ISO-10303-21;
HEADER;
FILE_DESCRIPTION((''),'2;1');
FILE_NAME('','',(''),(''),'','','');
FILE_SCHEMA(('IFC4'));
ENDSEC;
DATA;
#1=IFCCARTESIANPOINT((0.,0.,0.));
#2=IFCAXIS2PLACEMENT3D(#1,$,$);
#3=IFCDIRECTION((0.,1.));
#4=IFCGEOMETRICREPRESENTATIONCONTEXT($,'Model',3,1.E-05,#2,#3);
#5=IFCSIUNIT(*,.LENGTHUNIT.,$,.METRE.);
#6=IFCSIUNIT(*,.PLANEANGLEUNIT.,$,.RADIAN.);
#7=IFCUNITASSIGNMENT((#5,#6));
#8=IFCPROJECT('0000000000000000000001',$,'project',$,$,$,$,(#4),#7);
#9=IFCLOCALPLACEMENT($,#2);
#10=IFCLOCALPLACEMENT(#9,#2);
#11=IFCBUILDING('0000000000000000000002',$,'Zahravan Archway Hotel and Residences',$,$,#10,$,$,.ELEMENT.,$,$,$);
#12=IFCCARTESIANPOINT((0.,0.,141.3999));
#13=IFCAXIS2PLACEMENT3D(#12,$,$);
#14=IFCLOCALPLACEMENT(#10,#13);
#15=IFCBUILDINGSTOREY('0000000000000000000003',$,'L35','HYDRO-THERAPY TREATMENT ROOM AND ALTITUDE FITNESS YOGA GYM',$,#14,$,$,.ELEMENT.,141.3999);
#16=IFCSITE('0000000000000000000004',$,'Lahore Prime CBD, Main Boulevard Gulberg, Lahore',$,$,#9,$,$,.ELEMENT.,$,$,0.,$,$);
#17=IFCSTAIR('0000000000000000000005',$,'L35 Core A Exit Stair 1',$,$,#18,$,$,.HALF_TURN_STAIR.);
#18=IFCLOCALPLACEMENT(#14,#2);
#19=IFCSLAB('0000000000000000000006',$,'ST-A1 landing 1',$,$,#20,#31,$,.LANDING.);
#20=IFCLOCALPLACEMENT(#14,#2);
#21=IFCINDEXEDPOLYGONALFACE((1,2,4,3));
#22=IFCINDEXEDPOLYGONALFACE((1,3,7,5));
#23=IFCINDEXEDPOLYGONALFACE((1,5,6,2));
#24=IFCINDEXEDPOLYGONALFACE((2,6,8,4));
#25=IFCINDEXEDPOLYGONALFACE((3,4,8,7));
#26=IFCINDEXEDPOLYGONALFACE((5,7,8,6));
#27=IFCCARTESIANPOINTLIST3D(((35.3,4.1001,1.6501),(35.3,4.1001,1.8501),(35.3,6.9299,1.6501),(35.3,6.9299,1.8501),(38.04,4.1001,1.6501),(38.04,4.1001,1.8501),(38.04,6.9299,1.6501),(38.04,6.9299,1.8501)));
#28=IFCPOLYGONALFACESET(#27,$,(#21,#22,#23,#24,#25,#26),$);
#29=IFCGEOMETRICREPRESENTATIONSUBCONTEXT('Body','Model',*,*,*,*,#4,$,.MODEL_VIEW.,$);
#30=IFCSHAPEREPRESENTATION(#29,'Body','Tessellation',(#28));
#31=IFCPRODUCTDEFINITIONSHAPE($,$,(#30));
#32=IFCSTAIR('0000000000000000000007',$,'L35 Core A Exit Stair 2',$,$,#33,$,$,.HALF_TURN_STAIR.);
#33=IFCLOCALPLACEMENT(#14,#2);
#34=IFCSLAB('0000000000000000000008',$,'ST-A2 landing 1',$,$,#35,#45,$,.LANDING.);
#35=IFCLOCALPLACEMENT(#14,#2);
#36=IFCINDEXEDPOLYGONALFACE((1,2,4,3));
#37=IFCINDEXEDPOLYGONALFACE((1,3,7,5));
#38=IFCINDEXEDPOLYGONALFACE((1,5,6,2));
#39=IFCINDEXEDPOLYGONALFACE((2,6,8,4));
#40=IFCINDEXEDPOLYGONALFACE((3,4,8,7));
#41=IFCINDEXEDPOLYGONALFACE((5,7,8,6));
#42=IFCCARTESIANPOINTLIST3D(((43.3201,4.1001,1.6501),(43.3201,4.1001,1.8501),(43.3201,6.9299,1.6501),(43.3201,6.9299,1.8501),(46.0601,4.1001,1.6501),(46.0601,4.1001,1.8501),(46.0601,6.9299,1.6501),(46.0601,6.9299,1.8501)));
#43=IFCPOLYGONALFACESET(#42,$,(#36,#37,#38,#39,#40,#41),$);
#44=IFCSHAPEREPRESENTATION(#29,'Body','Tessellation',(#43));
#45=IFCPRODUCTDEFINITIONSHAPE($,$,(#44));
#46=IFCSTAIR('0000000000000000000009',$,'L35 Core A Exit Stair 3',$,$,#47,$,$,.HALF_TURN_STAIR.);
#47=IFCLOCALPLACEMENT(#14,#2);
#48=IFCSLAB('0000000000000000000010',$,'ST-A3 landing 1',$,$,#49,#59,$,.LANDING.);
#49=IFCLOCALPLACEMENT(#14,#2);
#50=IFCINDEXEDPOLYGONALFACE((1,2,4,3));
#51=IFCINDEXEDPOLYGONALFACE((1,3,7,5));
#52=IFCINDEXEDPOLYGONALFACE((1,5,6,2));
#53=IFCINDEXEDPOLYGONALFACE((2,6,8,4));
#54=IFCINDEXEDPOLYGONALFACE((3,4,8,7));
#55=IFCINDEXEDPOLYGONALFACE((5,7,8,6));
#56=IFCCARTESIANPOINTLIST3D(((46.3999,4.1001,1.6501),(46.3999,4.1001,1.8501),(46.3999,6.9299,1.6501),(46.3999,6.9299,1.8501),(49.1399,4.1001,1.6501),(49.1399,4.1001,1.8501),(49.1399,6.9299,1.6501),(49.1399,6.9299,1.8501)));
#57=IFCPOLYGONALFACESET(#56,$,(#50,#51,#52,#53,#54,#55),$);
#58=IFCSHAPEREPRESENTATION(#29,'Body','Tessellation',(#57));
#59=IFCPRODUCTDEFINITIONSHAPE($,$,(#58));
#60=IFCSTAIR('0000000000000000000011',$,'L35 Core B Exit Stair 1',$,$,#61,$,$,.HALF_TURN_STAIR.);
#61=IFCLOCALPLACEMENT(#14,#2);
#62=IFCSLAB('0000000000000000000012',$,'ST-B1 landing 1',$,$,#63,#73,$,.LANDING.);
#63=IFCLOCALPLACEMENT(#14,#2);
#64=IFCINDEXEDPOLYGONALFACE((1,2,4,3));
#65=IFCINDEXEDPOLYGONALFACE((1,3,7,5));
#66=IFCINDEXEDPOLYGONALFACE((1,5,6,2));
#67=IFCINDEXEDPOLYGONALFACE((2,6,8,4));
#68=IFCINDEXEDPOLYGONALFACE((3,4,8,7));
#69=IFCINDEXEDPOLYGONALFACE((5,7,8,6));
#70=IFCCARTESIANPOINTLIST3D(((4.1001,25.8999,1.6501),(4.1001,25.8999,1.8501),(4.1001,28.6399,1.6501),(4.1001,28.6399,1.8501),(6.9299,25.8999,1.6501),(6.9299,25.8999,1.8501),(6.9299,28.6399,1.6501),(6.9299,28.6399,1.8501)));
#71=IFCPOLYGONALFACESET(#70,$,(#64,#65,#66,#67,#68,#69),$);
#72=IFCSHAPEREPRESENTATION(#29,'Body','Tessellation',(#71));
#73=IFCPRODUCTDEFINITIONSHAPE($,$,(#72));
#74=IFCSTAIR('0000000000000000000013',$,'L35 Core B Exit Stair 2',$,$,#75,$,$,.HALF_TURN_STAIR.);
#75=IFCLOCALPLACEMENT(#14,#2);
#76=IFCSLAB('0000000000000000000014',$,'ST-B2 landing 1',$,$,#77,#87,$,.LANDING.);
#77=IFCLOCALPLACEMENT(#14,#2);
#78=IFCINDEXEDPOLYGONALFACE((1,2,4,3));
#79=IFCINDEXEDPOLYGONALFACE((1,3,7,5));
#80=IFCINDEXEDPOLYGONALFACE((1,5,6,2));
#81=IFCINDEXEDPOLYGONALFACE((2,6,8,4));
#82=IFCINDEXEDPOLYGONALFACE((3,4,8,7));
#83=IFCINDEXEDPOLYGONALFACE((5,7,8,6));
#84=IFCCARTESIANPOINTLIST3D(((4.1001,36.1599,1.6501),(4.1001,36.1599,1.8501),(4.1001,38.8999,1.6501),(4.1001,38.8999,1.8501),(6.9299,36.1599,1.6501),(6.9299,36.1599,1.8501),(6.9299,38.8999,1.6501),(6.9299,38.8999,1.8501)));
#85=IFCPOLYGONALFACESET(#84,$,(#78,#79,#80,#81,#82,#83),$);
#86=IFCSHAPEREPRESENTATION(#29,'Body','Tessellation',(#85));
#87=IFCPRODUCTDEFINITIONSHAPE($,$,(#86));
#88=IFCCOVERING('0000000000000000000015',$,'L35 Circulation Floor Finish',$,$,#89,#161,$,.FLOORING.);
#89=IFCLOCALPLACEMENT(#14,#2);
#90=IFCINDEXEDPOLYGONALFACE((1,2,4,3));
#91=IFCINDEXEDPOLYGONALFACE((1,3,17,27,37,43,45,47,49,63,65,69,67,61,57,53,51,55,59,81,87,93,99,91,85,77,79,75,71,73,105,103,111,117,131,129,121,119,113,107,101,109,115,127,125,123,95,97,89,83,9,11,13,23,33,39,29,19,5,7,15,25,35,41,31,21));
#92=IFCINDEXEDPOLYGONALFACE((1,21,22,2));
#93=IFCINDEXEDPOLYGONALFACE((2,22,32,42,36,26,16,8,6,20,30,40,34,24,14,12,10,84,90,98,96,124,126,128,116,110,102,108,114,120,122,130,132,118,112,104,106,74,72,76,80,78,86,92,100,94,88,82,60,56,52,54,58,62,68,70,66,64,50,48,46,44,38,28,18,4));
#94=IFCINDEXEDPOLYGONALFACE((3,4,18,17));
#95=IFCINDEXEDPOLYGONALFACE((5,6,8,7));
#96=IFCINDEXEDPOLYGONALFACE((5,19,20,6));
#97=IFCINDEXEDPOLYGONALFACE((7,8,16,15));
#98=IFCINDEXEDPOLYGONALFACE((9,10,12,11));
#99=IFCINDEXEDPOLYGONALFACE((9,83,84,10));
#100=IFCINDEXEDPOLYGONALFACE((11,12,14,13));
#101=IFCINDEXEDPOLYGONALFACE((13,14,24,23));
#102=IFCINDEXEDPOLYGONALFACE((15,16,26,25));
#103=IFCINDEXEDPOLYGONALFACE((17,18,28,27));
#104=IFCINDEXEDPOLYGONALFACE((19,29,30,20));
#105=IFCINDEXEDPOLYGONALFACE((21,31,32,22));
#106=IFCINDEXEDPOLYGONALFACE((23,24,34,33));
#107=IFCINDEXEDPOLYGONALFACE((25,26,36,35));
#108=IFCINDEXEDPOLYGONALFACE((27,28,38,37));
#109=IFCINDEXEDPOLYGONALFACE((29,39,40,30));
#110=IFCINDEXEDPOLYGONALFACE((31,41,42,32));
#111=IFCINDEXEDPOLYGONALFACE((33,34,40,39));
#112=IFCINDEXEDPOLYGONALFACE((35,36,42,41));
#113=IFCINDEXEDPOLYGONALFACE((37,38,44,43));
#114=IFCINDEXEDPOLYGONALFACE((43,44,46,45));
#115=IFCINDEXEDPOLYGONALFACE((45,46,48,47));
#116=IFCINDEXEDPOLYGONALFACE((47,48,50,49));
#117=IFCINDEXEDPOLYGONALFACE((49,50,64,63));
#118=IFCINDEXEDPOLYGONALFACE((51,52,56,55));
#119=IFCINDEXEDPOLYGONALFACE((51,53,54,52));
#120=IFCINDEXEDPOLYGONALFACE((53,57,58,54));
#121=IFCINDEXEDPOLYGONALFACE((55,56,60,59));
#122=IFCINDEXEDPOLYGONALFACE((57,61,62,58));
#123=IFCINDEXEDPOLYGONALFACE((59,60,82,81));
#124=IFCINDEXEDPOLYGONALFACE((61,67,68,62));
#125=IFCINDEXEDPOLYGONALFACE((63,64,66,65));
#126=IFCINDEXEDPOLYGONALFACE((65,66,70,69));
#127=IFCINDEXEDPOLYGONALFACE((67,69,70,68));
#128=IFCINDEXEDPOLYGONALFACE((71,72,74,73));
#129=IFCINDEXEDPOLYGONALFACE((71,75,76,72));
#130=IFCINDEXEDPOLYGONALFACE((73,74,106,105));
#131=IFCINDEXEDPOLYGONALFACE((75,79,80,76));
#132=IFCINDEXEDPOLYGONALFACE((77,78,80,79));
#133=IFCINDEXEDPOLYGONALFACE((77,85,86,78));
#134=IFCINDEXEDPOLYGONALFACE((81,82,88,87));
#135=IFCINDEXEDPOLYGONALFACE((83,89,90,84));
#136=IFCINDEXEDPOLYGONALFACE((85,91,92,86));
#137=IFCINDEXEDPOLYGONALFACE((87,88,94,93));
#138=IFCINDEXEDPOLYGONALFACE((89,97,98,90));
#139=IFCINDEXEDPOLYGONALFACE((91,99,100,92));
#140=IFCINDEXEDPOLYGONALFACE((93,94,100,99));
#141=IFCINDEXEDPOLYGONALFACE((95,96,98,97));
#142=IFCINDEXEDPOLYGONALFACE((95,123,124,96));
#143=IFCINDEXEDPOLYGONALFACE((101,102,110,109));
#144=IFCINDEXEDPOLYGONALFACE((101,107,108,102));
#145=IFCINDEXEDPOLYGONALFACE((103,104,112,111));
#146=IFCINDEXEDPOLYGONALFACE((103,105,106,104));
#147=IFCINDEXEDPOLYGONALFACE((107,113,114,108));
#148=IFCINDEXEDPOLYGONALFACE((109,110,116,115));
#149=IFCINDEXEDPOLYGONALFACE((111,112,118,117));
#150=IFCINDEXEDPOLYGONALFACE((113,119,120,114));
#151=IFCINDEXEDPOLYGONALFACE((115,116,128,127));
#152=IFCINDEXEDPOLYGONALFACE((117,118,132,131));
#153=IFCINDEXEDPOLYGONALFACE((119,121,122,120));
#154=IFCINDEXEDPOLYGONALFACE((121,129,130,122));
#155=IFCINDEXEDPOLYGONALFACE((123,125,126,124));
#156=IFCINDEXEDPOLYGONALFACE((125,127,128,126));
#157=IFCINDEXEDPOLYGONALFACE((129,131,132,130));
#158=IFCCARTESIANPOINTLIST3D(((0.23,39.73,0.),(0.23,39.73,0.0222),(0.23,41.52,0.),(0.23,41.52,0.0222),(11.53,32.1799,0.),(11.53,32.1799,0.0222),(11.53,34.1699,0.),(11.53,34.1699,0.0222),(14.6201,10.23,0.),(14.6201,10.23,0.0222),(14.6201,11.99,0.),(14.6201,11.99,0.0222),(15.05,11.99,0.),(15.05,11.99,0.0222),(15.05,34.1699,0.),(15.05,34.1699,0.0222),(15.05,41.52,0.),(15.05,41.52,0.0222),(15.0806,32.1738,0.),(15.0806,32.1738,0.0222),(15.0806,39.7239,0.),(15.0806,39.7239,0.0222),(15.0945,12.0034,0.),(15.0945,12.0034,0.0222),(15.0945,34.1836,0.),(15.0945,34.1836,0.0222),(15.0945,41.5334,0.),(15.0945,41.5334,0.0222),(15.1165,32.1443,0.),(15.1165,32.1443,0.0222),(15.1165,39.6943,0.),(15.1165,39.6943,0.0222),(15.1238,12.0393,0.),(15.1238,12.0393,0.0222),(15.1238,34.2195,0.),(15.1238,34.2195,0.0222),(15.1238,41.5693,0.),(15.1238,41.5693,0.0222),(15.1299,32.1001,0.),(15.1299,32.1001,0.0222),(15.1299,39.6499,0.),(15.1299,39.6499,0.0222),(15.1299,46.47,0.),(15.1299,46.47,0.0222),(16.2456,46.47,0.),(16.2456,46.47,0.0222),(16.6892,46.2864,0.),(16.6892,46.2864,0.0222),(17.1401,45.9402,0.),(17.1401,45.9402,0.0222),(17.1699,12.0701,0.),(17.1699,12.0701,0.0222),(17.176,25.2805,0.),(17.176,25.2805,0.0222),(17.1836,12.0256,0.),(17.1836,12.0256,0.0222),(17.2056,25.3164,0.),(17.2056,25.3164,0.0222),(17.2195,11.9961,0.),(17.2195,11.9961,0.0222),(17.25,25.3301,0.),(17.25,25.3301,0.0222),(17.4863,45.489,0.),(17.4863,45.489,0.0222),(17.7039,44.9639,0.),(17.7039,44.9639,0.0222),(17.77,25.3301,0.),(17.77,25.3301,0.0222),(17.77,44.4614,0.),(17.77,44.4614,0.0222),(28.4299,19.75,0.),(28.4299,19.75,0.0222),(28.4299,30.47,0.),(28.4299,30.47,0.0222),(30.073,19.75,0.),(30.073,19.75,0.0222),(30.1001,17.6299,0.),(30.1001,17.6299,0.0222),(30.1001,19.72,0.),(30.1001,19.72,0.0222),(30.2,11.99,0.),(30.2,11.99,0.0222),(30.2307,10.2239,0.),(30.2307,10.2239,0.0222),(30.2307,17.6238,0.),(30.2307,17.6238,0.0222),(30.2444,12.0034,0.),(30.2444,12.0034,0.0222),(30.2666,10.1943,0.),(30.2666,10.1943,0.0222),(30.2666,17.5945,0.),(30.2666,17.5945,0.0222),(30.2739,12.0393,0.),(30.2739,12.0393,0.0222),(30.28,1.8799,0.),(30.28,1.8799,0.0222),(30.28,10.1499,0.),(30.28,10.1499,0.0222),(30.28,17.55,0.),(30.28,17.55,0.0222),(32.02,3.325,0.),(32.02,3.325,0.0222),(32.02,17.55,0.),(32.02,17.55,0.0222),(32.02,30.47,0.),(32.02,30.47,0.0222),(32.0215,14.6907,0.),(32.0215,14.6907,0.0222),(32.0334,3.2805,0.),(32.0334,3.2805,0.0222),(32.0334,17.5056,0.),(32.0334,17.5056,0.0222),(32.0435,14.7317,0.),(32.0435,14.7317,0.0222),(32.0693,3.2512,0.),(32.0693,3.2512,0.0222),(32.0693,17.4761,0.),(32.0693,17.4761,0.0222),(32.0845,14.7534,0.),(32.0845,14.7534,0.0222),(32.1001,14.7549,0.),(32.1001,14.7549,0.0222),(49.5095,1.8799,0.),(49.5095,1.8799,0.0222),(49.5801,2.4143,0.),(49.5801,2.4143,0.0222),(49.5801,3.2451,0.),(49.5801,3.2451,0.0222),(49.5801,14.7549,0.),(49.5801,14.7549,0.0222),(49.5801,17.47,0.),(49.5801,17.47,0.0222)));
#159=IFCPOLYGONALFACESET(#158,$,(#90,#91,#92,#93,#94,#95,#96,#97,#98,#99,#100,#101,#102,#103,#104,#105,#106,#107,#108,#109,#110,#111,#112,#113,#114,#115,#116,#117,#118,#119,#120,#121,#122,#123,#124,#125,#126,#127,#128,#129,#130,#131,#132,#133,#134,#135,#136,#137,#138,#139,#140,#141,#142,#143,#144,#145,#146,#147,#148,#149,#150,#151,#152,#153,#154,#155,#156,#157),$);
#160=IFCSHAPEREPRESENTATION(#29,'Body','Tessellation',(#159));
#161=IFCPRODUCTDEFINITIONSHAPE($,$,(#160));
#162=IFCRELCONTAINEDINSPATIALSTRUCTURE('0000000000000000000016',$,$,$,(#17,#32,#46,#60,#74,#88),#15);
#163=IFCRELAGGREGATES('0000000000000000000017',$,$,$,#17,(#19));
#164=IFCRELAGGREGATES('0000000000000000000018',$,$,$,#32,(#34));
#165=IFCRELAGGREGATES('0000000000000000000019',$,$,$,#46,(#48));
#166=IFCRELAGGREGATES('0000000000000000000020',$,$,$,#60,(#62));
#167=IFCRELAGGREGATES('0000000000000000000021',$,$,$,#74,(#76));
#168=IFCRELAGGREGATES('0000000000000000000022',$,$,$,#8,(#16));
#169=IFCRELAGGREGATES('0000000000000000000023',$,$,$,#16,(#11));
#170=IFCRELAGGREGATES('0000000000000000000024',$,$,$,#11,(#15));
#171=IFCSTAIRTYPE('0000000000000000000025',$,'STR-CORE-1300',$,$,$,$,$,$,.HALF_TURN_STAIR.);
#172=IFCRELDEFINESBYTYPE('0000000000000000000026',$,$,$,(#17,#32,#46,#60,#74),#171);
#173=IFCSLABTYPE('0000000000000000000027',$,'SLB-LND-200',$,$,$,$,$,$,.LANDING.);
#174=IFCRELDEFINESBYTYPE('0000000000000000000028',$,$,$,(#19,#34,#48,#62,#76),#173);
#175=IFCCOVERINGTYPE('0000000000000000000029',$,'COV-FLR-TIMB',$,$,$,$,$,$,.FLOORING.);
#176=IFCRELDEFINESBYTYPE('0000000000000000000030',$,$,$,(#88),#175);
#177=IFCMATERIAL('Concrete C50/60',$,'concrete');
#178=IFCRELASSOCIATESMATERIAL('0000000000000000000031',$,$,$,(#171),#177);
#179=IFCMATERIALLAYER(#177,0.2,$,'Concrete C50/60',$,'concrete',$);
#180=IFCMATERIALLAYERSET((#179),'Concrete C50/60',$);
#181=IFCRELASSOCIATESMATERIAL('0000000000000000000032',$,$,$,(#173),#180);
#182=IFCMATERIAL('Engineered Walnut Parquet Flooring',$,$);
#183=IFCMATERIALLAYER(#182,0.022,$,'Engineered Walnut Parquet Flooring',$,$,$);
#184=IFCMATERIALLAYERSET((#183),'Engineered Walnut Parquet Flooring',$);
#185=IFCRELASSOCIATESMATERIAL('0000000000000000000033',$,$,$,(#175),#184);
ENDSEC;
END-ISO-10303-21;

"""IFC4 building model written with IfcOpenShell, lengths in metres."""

from ifc_helpers import new_model, si_unit, direction, frame, origin, place, context, subcontext, project, spatial, polyline, outline, extrude, material, layer, layer_set, type_object, element, aggregate, save


model = new_model("IFC4")

# Units and contexts
model_context = context("Model", 3, precision=1e-05, world=origin(), true_north=direction((0.0, 1.0)))
body_context = subcontext(model_context, "Body", "Model", "MODEL_VIEW")
ifc_project = project(units=[si_unit("LENGTHUNIT", "METRE"), si_unit("PLANEANGLEUNIT", "RADIAN")], contexts=[model_context])

# Site, building, storey
site_placement = place(None, origin())
site = spatial("IfcSite", under=ifc_project, at=site_placement, Name="Lahore Prime CBD, Main Boulevard Gulberg, Lahore", CompositionType="ELEMENT", RefElevation=0.0)
building_placement = place(site_placement, origin())
building = spatial("IfcBuilding", under=site, at=building_placement, Name="Zahravan Archway Hotel and Residences", CompositionType="ELEMENT")
storey_placement = place(building_placement, frame((0.0, 0.0, 141.3999)))
storey = spatial("IfcBuildingStorey", under=building, at=storey_placement, Name="L35", Description="HYDRO-THERAPY TREATMENT ROOM AND ALTITUDE FITNESS YOGA GYM", CompositionType="ELEMENT", Elevation=141.3999)

# Stairs, slabs
ifc_material_1 = material(Name="Concrete C50/60", Category="concrete")
stair_type = type_object("IfcStairType", Name="STR-CORE-1300", PredefinedType="HALF_TURN_STAIR", material=ifc_material_1)
stair_1_placement = place(storey_placement, origin())
stair_1 = element("IfcStair", 1, at=stair_1_placement, inside=storey, type_object=stair_type, Name="L35 Core A Exit Stair 1", PredefinedType="HALF_TURN_STAIR")
ifc_layer_1 = layer(ifc_material_1, 0.2, Name="Concrete C50/60", Category="concrete")
ifc_layer_set_1 = layer_set([ifc_layer_1], Name="Concrete C50/60")
slab_type_1 = type_object("IfcSlabType", Name="SLB-LND-200", PredefinedType="LANDING", material=ifc_layer_set_1)
slab_1_placement = place(storey_placement, frame((0.0, 0.0, 1.6501)))
slab_1 = element("IfcSlab", 2, at=slab_1_placement, type_object=slab_type_1, Name="ST-A1 landing 1", PredefinedType="LANDING", context=body_context, shape_type="SweptSolid", body=[
    extrude(outline(polyline([(35.3, 6.9299), (35.3, 4.1001), (38.04, 4.1001), (38.04, 6.9299), (35.3, 6.9299)])), origin(), (0.0, 0.0, 1.0), 0.2),
])
aggregate(stair_1, [slab_1])
stair_2_placement = place(storey_placement, origin())
stair_2 = element("IfcStair", 3, at=stair_2_placement, inside=storey, type_object=stair_type, Name="L35 Core A Exit Stair 2", PredefinedType="HALF_TURN_STAIR")
slab_2_placement = place(storey_placement, frame((0.0, 0.0, 1.6501)))
slab_2 = element("IfcSlab", 4, at=slab_2_placement, type_object=slab_type_1, Name="ST-A2 landing 1", PredefinedType="LANDING", context=body_context, shape_type="SweptSolid", body=[
    extrude(outline(polyline([(43.3201, 6.9299), (43.3201, 4.1001), (46.0601, 4.1001), (46.0601, 6.9299), (43.3201, 6.9299)])), origin(), (0.0, 0.0, 1.0), 0.2),
])
aggregate(stair_2, [slab_2])
stair_3_placement = place(storey_placement, origin())
stair_3 = element("IfcStair", 5, at=stair_3_placement, inside=storey, type_object=stair_type, Name="L35 Core A Exit Stair 3", PredefinedType="HALF_TURN_STAIR")
slab_3_placement = place(storey_placement, frame((0.0, 0.0, 1.6501)))
slab_3 = element("IfcSlab", 6, at=slab_3_placement, type_object=slab_type_1, Name="ST-A3 landing 1", PredefinedType="LANDING", context=body_context, shape_type="SweptSolid", body=[
    extrude(outline(polyline([(46.3999, 6.9299), (46.3999, 4.1001), (49.1399, 4.1001), (49.1399, 6.9299), (46.3999, 6.9299)])), origin(), (0.0, 0.0, 1.0), 0.2),
])
aggregate(stair_3, [slab_3])
stair_4_placement = place(storey_placement, origin())
stair_4 = element("IfcStair", 7, at=stair_4_placement, inside=storey, type_object=stair_type, Name="L35 Core B Exit Stair 1", PredefinedType="HALF_TURN_STAIR")
slab_4_placement = place(storey_placement, frame((0.0, 0.0, 1.6501)))
slab_4 = element("IfcSlab", 8, at=slab_4_placement, type_object=slab_type_1, Name="ST-B1 landing 1", PredefinedType="LANDING", context=body_context, shape_type="SweptSolid", body=[
    extrude(outline(polyline([(6.9299, 28.6399), (4.1001, 28.6399), (4.1001, 25.8999), (6.9299, 25.8999), (6.9299, 28.6399)])), origin(), (0.0, 0.0, 1.0), 0.2),
])
aggregate(stair_4, [slab_4])
stair_5_placement = place(storey_placement, origin())
stair_5 = element("IfcStair", 9, at=stair_5_placement, inside=storey, type_object=stair_type, Name="L35 Core B Exit Stair 2", PredefinedType="HALF_TURN_STAIR")
slab_5_placement = place(storey_placement, frame((0.0, 0.0, 1.6501)))
slab_5 = element("IfcSlab", 10, at=slab_5_placement, type_object=slab_type_1, Name="ST-B2 landing 1", PredefinedType="LANDING", context=body_context, shape_type="SweptSolid", body=[
    extrude(outline(polyline([(6.9299, 38.8999), (4.1001, 38.8999), (4.1001, 36.1599), (6.9299, 36.1599), (6.9299, 38.8999)])), origin(), (0.0, 0.0, 1.0), 0.2),
])
aggregate(stair_5, [slab_5])

# Covering
ifc_material_2 = material(Name="Engineered Walnut Parquet Flooring")
ifc_layer_2 = layer(ifc_material_2, 0.022, Name="Engineered Walnut Parquet Flooring")
ifc_layer_set_2 = layer_set([ifc_layer_2], Name="Engineered Walnut Parquet Flooring")
covering_type = type_object("IfcCoveringType", Name="COV-FLR-TIMB", PredefinedType="FLOORING", material=ifc_layer_set_2)
covering_placement = place(storey_placement, origin())
element("IfcCovering", 11, at=covering_placement, inside=storey, type_object=covering_type, Name="L35 Circulation Floor Finish", PredefinedType="FLOORING", context=body_context, shape_type="SweptSolid", body=[
    extrude(outline(polyline([(32.0845, 14.7534), (32.0435, 14.7317), (32.0215, 14.6907), (32.02, 3.325), (32.0334, 3.2805), (32.0693, 3.2512), (49.5801, 3.2451), (49.5801, 2.4143), (49.5095, 1.8799), (30.28, 1.8799), (30.28, 10.1499), (30.2666, 10.1943), (30.2307, 10.2239), (14.6201, 10.23), (14.6201, 11.99), (15.05, 11.99), (15.0945, 12.0034), (15.1238, 12.0393), (15.1299, 32.1001), (15.1165, 32.1443), (15.0806, 32.1738), (11.53, 32.1799), (11.53, 34.1699), (15.05, 34.1699), (15.0945, 34.1836), (15.1238, 34.2195), (15.1299, 39.6499), (15.1165, 39.6943), (15.0806, 39.7239), (0.23, 39.73), (0.23, 41.52), (15.05, 41.52), (15.0945, 41.5334), (15.1238, 41.5693), (15.1299, 46.47), (16.2456, 46.47), (16.6892, 46.2864), (17.1401, 45.9402), (17.4863, 45.489), (17.7039, 44.9639), (17.77, 44.4614), (17.77, 25.3301), (17.25, 25.3301), (17.2056, 25.3164), (17.176, 25.2805), (17.1699, 12.0701), (17.1836, 12.0256), (17.2195, 11.9961), (30.2, 11.99), (30.2444, 12.0034), (30.2739, 12.0393), (30.28, 17.55), (30.2666, 17.5945), (30.2307, 17.6238), (30.1001, 17.6299), (30.1001, 19.72), (30.073, 19.75), (28.4299, 19.75), (28.4299, 30.47), (32.02, 30.47), (32.02, 17.55), (32.0334, 17.5056), (32.0693, 17.4761), (49.5801, 17.47), (49.5801, 14.7549), (32.1001, 14.7549), (32.0845, 14.7534)])), origin(), (0.0, 0.0, 1.0), 0.0222),
])

save(model, "model.ifc")
